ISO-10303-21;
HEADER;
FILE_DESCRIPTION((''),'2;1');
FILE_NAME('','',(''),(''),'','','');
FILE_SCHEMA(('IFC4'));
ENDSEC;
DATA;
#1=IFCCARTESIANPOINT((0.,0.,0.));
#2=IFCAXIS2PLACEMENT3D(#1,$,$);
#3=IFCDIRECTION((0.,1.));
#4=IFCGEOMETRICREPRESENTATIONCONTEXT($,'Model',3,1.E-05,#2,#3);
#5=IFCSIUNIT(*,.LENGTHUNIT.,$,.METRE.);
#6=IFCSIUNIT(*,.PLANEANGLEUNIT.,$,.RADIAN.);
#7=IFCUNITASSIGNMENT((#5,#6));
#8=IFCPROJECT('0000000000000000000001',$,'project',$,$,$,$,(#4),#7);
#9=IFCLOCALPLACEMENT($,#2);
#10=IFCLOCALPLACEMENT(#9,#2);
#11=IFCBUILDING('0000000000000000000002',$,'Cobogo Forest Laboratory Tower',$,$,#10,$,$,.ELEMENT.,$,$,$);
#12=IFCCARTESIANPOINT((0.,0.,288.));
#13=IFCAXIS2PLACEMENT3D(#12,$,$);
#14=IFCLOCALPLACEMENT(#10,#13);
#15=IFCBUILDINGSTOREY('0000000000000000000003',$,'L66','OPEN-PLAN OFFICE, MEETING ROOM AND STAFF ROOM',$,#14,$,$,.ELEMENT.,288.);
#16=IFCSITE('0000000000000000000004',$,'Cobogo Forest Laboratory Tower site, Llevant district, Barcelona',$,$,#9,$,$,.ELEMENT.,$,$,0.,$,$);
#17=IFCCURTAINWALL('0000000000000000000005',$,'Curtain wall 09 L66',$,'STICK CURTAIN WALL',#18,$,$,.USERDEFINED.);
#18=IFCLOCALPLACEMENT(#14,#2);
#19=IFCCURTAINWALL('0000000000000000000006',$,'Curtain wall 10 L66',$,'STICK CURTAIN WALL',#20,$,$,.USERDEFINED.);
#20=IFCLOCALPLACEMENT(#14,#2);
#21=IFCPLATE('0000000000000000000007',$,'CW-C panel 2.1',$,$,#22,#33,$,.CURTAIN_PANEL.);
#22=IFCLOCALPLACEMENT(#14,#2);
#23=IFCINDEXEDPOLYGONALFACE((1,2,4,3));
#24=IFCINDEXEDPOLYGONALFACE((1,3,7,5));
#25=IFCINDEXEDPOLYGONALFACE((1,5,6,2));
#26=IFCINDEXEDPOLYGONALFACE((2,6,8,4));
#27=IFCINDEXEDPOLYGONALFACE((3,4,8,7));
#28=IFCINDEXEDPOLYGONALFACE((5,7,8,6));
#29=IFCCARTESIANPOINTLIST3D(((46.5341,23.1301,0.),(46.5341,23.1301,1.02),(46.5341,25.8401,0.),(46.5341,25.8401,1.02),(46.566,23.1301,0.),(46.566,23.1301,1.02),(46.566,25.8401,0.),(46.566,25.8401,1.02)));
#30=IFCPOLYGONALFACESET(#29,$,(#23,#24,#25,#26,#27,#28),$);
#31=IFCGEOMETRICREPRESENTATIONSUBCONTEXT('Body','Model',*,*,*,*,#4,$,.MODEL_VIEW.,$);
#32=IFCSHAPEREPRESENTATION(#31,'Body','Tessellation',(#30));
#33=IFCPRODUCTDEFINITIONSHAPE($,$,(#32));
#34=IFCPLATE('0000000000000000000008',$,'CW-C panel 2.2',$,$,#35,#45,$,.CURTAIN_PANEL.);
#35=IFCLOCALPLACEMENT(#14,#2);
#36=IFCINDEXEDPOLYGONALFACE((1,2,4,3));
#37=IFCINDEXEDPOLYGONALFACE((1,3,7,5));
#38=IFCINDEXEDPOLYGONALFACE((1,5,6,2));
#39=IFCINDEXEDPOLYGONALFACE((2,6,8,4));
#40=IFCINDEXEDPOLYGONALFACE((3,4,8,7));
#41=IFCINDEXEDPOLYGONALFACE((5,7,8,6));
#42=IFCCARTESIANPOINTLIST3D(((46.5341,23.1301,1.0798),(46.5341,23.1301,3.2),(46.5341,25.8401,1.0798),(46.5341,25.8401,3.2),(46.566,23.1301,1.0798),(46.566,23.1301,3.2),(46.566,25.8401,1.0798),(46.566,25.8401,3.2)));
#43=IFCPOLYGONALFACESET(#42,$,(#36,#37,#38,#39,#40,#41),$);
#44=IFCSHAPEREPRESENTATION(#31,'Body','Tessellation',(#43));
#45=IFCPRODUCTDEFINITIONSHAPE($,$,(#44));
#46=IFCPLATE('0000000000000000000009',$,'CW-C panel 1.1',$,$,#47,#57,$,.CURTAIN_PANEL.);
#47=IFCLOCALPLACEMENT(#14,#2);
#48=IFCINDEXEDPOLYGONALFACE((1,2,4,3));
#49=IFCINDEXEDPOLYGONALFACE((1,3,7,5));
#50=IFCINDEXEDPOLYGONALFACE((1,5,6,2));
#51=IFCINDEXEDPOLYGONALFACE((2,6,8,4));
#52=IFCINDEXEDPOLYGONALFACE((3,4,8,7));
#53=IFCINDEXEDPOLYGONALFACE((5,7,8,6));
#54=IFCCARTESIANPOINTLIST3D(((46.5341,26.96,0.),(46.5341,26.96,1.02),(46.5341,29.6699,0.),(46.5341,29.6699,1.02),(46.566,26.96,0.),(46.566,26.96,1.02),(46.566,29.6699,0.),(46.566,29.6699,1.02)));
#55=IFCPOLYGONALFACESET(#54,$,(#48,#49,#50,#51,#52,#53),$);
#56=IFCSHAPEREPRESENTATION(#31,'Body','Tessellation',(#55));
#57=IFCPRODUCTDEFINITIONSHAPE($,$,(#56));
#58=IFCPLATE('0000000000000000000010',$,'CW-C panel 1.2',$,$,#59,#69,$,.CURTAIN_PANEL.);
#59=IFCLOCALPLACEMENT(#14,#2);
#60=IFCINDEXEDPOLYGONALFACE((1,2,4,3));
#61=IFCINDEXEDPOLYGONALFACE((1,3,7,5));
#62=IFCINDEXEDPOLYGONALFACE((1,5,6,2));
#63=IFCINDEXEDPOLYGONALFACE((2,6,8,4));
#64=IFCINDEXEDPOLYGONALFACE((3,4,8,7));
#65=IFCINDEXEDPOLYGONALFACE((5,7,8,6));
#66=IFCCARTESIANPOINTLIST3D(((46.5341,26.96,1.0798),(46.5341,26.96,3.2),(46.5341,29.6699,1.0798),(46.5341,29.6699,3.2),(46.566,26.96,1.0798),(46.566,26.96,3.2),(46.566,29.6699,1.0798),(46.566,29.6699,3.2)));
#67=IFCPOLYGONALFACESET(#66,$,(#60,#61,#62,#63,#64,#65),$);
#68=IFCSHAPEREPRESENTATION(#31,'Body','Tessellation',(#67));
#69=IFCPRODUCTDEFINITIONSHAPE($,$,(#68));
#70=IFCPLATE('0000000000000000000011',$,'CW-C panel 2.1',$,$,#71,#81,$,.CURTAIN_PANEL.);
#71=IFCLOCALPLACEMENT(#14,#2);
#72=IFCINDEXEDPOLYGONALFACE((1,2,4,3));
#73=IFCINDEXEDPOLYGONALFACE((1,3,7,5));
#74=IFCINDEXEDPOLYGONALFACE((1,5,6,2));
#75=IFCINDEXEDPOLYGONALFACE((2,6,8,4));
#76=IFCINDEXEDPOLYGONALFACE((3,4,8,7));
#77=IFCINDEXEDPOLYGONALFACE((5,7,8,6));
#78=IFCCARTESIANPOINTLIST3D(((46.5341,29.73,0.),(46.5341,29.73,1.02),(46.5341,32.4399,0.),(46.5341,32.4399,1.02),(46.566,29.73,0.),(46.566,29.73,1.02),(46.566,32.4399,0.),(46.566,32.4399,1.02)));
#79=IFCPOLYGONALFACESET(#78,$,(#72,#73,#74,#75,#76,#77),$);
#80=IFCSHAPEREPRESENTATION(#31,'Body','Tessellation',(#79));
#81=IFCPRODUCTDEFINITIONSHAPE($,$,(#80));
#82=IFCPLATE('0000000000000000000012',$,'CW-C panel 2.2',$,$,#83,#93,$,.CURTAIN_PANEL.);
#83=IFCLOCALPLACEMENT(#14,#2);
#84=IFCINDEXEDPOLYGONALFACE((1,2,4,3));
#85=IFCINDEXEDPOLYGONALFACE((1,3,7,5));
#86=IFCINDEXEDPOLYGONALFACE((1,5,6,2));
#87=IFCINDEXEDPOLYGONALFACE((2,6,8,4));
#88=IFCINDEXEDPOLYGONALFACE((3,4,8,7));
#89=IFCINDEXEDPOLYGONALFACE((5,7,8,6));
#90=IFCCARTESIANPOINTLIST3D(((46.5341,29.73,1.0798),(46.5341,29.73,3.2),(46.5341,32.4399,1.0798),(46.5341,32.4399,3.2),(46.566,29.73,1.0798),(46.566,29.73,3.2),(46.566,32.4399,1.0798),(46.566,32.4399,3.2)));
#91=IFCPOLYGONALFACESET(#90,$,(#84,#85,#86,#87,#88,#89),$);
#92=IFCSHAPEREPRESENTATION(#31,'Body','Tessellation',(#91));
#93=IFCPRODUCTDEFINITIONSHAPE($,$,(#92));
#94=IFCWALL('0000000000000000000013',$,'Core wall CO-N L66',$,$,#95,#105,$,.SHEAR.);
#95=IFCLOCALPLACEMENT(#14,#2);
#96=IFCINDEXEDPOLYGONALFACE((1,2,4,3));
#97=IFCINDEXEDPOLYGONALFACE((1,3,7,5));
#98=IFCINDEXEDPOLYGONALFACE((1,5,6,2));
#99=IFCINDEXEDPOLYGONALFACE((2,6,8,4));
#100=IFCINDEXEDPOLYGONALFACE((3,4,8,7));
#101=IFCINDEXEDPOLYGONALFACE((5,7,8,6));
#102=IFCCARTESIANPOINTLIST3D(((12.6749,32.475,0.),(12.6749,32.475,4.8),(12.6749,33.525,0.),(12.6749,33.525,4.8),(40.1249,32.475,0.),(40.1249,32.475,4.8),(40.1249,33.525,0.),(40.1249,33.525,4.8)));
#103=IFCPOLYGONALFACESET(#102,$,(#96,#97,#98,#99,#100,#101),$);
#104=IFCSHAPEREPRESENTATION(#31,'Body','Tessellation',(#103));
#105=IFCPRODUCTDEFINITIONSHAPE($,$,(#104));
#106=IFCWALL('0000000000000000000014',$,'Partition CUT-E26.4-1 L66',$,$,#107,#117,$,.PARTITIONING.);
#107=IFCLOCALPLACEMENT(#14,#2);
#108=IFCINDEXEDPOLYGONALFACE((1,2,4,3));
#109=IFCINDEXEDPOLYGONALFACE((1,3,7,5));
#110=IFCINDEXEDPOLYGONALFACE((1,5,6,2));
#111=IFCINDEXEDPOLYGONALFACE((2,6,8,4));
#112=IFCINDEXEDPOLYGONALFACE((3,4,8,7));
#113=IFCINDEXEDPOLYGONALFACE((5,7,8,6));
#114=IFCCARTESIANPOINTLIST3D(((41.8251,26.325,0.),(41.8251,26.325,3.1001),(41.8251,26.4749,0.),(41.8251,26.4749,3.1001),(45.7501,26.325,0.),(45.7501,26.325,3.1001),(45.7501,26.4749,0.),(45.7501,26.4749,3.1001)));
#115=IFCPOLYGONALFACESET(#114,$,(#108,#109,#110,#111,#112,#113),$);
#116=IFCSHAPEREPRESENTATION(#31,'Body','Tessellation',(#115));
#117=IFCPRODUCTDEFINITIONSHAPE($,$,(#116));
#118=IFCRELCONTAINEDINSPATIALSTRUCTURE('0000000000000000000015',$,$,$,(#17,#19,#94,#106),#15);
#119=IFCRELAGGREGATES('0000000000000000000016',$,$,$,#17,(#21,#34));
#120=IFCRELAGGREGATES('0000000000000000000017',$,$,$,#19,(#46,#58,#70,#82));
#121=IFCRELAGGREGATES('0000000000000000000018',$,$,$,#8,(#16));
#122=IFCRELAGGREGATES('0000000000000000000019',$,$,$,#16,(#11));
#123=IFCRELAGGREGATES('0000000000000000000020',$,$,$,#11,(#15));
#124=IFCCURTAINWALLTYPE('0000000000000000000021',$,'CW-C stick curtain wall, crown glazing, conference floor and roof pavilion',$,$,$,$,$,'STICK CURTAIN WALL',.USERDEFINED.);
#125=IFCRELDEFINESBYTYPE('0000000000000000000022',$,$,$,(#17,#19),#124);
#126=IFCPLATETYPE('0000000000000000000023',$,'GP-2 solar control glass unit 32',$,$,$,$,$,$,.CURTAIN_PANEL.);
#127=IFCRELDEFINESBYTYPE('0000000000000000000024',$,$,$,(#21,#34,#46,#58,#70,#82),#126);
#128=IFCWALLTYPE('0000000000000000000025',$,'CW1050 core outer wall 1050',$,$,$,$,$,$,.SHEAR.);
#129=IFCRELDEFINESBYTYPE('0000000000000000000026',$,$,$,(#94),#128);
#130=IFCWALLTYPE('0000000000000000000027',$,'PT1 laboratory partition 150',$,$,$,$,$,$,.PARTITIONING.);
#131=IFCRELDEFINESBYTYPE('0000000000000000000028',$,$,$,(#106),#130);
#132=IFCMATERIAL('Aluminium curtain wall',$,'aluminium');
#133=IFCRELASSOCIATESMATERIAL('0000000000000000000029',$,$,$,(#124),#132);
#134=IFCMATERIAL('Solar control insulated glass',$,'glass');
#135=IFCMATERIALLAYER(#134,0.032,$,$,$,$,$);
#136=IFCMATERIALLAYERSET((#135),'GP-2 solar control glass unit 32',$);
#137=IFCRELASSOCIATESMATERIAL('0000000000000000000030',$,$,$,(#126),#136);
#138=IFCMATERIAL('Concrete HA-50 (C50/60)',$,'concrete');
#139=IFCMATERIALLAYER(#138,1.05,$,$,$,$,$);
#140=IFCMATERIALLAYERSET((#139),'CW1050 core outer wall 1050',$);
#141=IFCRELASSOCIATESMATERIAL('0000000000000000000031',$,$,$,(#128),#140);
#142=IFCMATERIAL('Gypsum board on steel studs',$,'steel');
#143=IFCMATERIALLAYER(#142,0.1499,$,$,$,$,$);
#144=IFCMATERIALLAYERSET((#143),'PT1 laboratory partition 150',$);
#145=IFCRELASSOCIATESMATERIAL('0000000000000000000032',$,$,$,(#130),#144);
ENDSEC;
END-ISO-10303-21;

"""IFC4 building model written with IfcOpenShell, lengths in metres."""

from ifc_helpers import new_model, si_unit, direction, frame, frame_2d, origin, origin_2d, place, context, subcontext, project, spatial, rectangle, extrude, material, layer, layer_set, type_object, element, aggregate, save


model = new_model("IFC4")

# Units and contexts
model_context = context("Model", 3, precision=1e-05, world=origin(), true_north=direction((0.0, 1.0)))
body_context = subcontext(model_context, "Body", "Model", "MODEL_VIEW")
ifc_project = project(units=[si_unit("LENGTHUNIT", "METRE"), si_unit("PLANEANGLEUNIT", "RADIAN")], contexts=[model_context])

# Site, building, storey
site_placement = place(None, origin())
site = spatial("IfcSite", under=ifc_project, at=site_placement, Name="Cobogo Forest Laboratory Tower site, Llevant district, Barcelona", CompositionType="ELEMENT", RefElevation=0.0)
building_placement = place(site_placement, origin())
building = spatial("IfcBuilding", under=site, at=building_placement, Name="Cobogo Forest Laboratory Tower", CompositionType="ELEMENT")
storey_placement = place(building_placement, frame((0.0, 0.0, 288.0)))
storey = spatial("IfcBuildingStorey", under=building, at=storey_placement, Name="L66", Description="OPEN-PLAN OFFICE, MEETING ROOM AND STAFF ROOM", CompositionType="ELEMENT", Elevation=288.0)

# Shared definitions
ifc_material_1 = material(Name="Concrete HA-50 (C50/60)", Category="concrete")

# Curtain wall
ifc_material_2 = material(Name="Aluminium curtain wall", Category="aluminium")
curtain_wall_type = type_object("IfcCurtainWallType", Name="CW-C stick curtain wall, crown glazing, conference floor and roof pavilion", ElementType="STICK CURTAIN WALL", PredefinedType="USERDEFINED", material=ifc_material_2)
curtain_wall_1_placement = place(storey_placement, origin())
curtain_wall_1 = element("IfcCurtainWall", 1, at=curtain_wall_1_placement, inside=storey, type_object=curtain_wall_type, Name="Curtain wall 09 L66", ObjectType="STICK CURTAIN WALL", PredefinedType="USERDEFINED")

# Curtain wall
curtain_wall_2_placement = place(storey_placement, origin())
curtain_wall_2 = element("IfcCurtainWall", 2, at=curtain_wall_2_placement, inside=storey, type_object=curtain_wall_type, Name="Curtain wall 10 L66", ObjectType="STICK CURTAIN WALL", PredefinedType="USERDEFINED")

# Plates
ifc_material_3 = material(Name="Solar control insulated glass", Category="glass")
ifc_layer_1 = layer(ifc_material_3, 0.032)
ifc_layer_set_1 = layer_set([ifc_layer_1], Name="GP-2 solar control glass unit 32")
plate_type = type_object("IfcPlateType", Name="GP-2 solar control glass unit 32", PredefinedType="CURTAIN_PANEL", material=ifc_layer_set_1)
plate_1_placement = place(storey_placement, frame((46.55, 24.4851, 0.0), z_axis=(0.0, 0.0, 1.0), x_axis=(0.0, 1.0, 0.0)))
plate_1 = element("IfcPlate", 3, at=plate_1_placement, type_object=plate_type, Name="CW-C panel 2.1", PredefinedType="CURTAIN_PANEL", context=body_context, shape_type="SweptSolid", body=[
    extrude(rectangle(XDim=2.71, YDim=0.032, at=origin_2d()), origin(), (0.0, 0.0, 1.0), 1.02),
])
plate_2_placement = place(storey_placement, frame((46.55, 24.4851, 1.0798), z_axis=(0.0, 0.0, 1.0), x_axis=(0.0, 1.0, 0.0)))
plate_2 = element("IfcPlate", 4, at=plate_2_placement, type_object=plate_type, Name="CW-C panel 2.2", PredefinedType="CURTAIN_PANEL", context=body_context, shape_type="SweptSolid", body=[
    extrude(rectangle(XDim=2.71, YDim=0.032, at=origin_2d()), origin(), (0.0, 0.0, 1.0), 2.1201),
])
aggregate(curtain_wall_1, [plate_1, plate_2])
plate_3_placement = place(storey_placement, frame((46.55, 28.3149, 0.0), z_axis=(0.0, 0.0, 1.0), x_axis=(0.0, 1.0, 0.0)))
plate_3 = element("IfcPlate", 5, at=plate_3_placement, type_object=plate_type, Name="CW-C panel 1.1", PredefinedType="CURTAIN_PANEL", context=body_context, shape_type="SweptSolid", body=[
    extrude(rectangle(XDim=2.71, YDim=0.032, at=origin_2d()), origin(), (0.0, 0.0, 1.0), 1.02),
])
plate_4_placement = place(storey_placement, frame((46.55, 28.3149, 1.0798), z_axis=(0.0, 0.0, 1.0), x_axis=(0.0, 1.0, 0.0)))
plate_4 = element("IfcPlate", 6, at=plate_4_placement, type_object=plate_type, Name="CW-C panel 1.2", PredefinedType="CURTAIN_PANEL", context=body_context, shape_type="SweptSolid", body=[
    extrude(rectangle(XDim=2.71, YDim=0.032, at=origin_2d()), origin(), (0.0, 0.0, 1.0), 2.1201),
])
plate_5_placement = place(storey_placement, frame((46.55, 31.085, 0.0), z_axis=(0.0, 0.0, 1.0), x_axis=(0.0, 1.0, 0.0)))
plate_5 = element("IfcPlate", 7, at=plate_5_placement, type_object=plate_type, Name="CW-C panel 2.1", PredefinedType="CURTAIN_PANEL", context=body_context, shape_type="SweptSolid", body=[
    extrude(rectangle(XDim=2.71, YDim=0.032, at=origin_2d()), origin(), (0.0, 0.0, 1.0), 1.02),
])
plate_6_placement = place(storey_placement, frame((46.55, 31.085, 1.0798), z_axis=(0.0, 0.0, 1.0), x_axis=(0.0, 1.0, 0.0)))
plate_6 = element("IfcPlate", 8, at=plate_6_placement, type_object=plate_type, Name="CW-C panel 2.2", PredefinedType="CURTAIN_PANEL", context=body_context, shape_type="SweptSolid", body=[
    extrude(rectangle(XDim=2.71, YDim=0.032, at=origin_2d()), origin(), (0.0, 0.0, 1.0), 2.1201),
])
aggregate(curtain_wall_2, [plate_3, plate_4, plate_5, plate_6])

# Walls
ifc_layer_2 = layer(ifc_material_1, 1.05)
ifc_layer_set_2 = layer_set([ifc_layer_2], Name="CW1050 core outer wall 1050")
wall_type_1 = type_object("IfcWallType", Name="CW1050 core outer wall 1050", PredefinedType="SHEAR", material=ifc_layer_set_2)
wall_1_placement = place(storey_placement, frame((40.125, 33.0, 0.0), z_axis=(0.0, 0.0, 1.0), x_axis=(-1.0, 0.0, 0.0)))
element("IfcWall", 9, at=wall_1_placement, inside=storey, type_object=wall_type_1, Name="Core wall CO-N L66", PredefinedType="SHEAR", context=body_context, shape_type="SweptSolid", body=[
    extrude(rectangle(XDim=27.45, YDim=1.05, at=frame_2d((13.7251, 0.0))), origin(), (0.0, 0.0, 1.0), 4.8),
])
ifc_material_4 = material(Name="Gypsum board on steel studs", Category="steel")
ifc_layer_3 = layer(ifc_material_4, 0.1499)
ifc_layer_set_3 = layer_set([ifc_layer_3], Name="PT1 laboratory partition 150")
wall_type_2 = type_object("IfcWallType", Name="PT1 laboratory partition 150", PredefinedType="PARTITIONING", material=ifc_layer_set_3)
wall_2_placement = place(storey_placement, frame((45.75, 26.3999, 0.0), z_axis=(0.0, 0.0, 1.0), x_axis=(-1.0, 0.0, 0.0)))
element("IfcWall", 10, at=wall_2_placement, inside=storey, type_object=wall_type_2, Name="Partition CUT-E26.4-1 L66", PredefinedType="PARTITIONING", context=body_context, shape_type="SweptSolid", body=[
    extrude(rectangle(XDim=3.925, YDim=0.1499, at=frame_2d((1.9624, 0.0))), origin(), (0.0, 0.0, 1.0), 3.1001),
])

save(model, "model.ifc")
